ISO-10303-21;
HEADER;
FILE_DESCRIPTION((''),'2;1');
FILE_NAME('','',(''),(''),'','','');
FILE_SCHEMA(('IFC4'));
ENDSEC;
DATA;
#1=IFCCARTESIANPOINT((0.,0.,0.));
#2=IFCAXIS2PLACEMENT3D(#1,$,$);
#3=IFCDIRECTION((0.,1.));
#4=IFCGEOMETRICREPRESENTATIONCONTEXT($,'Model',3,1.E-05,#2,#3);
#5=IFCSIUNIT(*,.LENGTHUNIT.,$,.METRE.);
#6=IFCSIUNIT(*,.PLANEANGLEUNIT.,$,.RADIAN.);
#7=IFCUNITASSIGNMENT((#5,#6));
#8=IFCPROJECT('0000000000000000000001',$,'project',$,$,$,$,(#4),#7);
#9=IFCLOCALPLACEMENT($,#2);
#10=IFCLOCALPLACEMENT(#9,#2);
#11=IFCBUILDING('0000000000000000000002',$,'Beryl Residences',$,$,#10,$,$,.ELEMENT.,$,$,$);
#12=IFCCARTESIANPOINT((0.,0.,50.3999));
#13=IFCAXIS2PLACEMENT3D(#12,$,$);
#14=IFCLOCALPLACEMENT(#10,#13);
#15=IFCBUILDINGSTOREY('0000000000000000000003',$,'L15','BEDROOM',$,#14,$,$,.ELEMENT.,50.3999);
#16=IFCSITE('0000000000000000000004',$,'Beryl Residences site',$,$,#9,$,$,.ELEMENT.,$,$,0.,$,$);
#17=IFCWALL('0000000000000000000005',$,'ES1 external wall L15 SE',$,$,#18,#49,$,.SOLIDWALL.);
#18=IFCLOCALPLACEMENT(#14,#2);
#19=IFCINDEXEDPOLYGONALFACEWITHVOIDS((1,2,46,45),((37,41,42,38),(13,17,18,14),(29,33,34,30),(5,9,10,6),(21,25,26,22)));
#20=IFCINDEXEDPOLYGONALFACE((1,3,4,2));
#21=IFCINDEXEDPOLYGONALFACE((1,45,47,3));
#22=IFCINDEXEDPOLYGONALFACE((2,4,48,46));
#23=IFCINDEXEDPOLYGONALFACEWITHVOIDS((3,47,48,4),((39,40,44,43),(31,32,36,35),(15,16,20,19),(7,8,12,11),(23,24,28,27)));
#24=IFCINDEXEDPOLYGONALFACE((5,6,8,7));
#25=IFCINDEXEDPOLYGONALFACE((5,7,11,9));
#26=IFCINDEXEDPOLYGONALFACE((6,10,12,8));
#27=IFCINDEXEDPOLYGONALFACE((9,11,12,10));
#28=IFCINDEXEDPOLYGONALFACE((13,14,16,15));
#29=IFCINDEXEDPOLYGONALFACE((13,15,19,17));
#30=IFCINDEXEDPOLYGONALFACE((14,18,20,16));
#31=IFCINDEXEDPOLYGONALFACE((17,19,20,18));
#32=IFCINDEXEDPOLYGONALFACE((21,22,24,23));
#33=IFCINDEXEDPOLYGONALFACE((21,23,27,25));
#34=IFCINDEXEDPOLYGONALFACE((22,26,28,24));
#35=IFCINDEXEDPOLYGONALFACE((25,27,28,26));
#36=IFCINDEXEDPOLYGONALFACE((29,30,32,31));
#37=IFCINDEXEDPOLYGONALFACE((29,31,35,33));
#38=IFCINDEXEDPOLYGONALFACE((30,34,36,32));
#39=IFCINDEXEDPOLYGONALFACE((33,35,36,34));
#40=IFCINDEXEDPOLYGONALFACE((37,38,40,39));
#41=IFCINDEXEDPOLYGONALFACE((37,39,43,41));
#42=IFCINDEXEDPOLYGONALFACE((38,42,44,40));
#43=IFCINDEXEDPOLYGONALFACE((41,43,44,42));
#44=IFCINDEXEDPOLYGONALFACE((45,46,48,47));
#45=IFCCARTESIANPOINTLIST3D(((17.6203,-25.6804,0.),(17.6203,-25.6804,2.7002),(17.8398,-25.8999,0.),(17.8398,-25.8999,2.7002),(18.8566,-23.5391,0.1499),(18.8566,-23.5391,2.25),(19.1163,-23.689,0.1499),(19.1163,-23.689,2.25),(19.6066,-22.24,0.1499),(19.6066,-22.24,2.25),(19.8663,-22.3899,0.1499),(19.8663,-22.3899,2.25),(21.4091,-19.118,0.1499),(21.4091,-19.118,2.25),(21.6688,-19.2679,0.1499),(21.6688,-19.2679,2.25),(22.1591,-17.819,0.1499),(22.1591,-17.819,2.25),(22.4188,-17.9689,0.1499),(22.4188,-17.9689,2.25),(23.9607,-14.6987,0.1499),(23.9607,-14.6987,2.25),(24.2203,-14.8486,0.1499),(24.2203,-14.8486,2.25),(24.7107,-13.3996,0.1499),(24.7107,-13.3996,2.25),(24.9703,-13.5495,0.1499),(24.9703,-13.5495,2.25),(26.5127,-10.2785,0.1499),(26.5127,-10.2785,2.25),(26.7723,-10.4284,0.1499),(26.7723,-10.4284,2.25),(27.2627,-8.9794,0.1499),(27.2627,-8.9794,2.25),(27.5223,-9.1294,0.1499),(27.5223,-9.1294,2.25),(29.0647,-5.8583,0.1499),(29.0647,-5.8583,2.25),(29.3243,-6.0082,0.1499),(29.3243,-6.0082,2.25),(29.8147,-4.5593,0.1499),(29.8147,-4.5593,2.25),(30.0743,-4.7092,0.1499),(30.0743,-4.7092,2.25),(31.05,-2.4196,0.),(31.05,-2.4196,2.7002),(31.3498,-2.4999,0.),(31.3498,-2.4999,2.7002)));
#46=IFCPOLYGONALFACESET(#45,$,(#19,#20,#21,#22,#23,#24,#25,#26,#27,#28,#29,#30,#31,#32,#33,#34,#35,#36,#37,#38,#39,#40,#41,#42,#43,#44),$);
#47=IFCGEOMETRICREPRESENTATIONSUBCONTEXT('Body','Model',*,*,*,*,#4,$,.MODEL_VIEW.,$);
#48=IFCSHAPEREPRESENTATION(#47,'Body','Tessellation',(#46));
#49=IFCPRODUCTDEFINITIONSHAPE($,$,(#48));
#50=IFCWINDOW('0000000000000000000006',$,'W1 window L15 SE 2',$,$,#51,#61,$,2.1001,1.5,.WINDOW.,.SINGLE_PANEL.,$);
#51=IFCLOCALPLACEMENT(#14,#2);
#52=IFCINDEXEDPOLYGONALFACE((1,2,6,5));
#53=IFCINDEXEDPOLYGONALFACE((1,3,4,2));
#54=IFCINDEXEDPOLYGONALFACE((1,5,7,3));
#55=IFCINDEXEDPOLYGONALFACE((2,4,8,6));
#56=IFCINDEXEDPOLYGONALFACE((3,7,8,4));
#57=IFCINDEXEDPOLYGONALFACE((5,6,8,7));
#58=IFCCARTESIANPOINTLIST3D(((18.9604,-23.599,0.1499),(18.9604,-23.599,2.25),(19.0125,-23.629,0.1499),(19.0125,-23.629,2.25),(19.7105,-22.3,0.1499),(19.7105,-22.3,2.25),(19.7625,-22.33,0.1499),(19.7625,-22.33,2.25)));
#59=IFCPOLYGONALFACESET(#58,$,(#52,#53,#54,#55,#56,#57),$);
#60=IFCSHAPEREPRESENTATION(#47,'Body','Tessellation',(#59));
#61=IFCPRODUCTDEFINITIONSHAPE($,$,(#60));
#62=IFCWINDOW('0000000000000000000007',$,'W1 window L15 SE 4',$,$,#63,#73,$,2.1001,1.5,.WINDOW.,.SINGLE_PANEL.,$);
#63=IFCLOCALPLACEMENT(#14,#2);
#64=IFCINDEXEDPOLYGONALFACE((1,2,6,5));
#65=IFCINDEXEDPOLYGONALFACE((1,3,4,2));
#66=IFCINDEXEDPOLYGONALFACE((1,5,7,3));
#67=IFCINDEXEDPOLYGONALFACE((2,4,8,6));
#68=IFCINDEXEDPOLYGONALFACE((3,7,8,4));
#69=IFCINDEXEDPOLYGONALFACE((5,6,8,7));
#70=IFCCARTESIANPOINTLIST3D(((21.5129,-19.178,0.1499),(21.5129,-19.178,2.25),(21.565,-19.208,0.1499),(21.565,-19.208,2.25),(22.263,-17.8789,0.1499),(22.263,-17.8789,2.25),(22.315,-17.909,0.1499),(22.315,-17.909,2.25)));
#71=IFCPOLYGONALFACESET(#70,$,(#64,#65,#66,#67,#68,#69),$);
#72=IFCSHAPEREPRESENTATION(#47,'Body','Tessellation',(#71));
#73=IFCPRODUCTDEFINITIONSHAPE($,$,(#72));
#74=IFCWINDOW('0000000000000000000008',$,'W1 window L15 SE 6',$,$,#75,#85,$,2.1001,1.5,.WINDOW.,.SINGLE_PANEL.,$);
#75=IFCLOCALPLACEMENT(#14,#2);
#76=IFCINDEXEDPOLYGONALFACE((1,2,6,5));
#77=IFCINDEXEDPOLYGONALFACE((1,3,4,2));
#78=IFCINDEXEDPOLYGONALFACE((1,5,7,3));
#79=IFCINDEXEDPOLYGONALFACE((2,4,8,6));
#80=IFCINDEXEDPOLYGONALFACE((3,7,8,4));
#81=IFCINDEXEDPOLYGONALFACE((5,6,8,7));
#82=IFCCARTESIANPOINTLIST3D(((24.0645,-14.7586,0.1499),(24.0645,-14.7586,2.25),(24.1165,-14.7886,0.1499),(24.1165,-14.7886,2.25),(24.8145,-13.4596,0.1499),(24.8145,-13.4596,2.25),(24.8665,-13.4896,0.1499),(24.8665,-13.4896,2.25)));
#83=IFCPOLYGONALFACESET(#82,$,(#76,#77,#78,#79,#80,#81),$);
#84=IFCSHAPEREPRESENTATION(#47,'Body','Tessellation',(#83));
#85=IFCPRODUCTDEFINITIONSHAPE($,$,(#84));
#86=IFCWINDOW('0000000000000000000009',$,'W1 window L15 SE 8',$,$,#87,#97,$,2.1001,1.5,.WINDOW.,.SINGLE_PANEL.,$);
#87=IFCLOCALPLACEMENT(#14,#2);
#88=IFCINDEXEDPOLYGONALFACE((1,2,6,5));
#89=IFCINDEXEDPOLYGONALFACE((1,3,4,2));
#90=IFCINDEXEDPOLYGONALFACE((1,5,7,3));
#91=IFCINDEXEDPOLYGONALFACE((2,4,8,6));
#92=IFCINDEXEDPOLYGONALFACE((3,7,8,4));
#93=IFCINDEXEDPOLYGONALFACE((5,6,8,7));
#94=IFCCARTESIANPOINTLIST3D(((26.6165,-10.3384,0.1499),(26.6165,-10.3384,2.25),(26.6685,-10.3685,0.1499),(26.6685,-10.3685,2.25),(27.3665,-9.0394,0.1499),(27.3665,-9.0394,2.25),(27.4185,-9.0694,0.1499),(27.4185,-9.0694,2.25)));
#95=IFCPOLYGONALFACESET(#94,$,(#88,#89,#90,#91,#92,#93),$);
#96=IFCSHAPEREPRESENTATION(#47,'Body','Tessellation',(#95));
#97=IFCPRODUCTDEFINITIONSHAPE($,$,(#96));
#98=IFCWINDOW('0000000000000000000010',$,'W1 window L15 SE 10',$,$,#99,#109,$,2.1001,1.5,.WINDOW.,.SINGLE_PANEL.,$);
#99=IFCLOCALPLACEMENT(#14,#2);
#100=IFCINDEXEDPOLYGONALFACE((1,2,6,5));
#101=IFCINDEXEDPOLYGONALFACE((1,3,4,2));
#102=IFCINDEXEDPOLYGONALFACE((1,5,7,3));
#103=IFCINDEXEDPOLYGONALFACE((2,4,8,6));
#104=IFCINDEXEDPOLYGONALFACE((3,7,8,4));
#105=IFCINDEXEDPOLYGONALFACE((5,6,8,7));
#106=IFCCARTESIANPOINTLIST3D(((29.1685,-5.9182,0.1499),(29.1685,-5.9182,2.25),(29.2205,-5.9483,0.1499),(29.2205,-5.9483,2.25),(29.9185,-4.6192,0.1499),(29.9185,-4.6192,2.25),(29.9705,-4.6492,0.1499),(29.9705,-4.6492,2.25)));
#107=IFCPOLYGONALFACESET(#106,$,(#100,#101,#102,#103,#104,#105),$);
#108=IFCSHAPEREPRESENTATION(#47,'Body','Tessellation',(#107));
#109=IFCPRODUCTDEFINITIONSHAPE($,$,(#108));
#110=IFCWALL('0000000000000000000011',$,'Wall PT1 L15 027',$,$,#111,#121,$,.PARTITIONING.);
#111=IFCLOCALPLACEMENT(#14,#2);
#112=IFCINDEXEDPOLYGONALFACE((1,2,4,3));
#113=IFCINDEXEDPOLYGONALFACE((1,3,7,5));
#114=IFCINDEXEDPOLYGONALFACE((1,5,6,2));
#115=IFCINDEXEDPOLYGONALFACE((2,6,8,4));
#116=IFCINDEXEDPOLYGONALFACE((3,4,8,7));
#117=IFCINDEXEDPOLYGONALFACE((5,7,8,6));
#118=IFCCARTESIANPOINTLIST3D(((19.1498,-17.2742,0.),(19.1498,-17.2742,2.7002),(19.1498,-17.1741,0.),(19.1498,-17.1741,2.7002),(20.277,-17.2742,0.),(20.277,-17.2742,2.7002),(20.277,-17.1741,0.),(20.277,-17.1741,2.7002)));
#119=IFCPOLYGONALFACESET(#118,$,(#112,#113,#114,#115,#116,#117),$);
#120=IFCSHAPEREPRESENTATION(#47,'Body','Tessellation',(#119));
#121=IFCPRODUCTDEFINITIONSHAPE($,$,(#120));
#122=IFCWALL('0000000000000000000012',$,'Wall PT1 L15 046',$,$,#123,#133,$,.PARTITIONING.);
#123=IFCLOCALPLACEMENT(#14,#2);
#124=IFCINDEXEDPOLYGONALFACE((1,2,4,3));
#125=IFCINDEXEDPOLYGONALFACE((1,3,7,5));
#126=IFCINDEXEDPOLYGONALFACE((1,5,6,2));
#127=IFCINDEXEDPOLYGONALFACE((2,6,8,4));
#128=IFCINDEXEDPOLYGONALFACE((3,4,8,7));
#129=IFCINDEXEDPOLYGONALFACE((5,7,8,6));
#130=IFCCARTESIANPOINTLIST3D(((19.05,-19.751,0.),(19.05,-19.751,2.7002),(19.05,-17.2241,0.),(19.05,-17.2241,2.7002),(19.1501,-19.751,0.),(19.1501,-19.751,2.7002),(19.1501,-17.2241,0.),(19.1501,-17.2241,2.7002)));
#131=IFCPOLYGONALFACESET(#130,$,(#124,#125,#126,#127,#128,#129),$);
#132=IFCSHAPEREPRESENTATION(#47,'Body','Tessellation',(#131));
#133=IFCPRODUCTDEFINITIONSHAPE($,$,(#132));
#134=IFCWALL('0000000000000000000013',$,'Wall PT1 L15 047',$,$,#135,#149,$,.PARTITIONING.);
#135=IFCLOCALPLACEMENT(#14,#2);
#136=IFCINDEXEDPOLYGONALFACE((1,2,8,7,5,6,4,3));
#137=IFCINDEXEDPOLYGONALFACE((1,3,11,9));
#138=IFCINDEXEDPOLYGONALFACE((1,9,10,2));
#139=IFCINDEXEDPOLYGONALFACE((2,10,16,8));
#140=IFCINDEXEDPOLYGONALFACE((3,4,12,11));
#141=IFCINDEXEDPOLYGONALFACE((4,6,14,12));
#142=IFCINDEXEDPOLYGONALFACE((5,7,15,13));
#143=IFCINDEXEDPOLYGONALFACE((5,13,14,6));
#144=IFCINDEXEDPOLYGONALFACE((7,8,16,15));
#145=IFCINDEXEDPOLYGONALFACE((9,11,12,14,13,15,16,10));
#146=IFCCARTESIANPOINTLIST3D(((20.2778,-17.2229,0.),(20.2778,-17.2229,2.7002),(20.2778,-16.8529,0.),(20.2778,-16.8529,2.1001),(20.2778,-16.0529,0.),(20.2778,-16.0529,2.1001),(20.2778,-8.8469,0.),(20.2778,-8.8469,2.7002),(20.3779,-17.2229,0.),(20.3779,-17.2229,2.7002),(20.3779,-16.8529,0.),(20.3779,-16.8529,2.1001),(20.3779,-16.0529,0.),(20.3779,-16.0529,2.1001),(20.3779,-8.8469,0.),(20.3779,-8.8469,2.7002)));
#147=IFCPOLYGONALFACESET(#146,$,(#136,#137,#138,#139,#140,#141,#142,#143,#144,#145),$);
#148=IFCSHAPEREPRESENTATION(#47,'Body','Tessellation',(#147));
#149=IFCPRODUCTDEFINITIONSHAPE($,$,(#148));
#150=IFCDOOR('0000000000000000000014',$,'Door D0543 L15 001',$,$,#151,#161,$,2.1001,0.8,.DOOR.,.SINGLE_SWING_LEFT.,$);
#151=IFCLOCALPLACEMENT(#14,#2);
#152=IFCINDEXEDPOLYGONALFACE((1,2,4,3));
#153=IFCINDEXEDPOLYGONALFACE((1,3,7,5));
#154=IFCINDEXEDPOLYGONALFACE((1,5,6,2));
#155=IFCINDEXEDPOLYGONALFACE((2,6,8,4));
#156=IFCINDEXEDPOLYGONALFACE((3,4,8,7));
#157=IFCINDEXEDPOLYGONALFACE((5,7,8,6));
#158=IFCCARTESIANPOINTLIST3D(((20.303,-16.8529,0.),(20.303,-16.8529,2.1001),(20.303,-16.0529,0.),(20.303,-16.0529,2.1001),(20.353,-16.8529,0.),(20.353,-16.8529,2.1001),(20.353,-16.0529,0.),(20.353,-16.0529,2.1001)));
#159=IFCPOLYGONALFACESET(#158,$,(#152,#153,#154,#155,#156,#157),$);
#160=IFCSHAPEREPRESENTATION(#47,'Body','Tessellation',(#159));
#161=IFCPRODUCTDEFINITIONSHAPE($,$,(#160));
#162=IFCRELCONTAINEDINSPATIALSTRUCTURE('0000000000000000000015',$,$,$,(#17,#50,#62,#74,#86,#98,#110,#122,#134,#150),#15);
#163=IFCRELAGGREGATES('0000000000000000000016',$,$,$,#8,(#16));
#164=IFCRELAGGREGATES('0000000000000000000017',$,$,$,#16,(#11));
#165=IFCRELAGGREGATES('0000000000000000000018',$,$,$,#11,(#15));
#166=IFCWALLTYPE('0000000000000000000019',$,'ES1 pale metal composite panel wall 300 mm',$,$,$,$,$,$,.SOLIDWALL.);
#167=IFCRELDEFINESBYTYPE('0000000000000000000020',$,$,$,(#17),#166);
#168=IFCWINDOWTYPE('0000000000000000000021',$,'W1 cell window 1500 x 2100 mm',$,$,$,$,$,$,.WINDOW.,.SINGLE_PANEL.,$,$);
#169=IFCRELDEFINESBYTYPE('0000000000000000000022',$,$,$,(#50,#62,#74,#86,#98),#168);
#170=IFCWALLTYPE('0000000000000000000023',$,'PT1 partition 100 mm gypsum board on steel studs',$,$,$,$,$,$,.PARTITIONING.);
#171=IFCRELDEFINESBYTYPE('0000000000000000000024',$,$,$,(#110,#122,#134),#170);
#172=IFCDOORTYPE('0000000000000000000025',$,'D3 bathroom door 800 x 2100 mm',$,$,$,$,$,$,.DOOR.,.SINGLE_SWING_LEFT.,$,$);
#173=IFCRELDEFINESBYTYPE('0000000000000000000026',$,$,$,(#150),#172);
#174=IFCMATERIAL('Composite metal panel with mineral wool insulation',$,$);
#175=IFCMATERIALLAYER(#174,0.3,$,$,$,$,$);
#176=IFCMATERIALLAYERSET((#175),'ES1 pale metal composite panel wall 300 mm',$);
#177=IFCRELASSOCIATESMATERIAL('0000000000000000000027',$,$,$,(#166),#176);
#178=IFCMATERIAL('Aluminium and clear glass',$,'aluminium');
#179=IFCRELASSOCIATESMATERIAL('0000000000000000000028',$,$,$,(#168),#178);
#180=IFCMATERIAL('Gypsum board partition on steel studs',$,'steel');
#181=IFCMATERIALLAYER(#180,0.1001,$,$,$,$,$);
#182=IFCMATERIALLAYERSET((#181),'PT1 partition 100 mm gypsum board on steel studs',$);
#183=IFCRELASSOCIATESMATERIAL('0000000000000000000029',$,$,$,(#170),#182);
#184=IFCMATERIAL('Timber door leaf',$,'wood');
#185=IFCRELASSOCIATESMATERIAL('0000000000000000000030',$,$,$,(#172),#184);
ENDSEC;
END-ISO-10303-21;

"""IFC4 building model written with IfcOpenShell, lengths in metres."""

from ifc_helpers import new_model, si_unit, direction, frame, frame_2d, origin, place, context, subcontext, project, spatial, polyline, rectangle, outline, extrude, material, layer, layer_set, type_object, element, fill, save


model = new_model("IFC4")

# Units and contexts
model_context = context("Model", 3, precision=1e-05, world=origin(), true_north=direction((0.0, 1.0)))
body_context = subcontext(model_context, "Body", "Model", "MODEL_VIEW")
ifc_project = project(units=[si_unit("LENGTHUNIT", "METRE"), si_unit("PLANEANGLEUNIT", "RADIAN")], contexts=[model_context])

# Site, building, storey
site_placement = place(None, origin())
site = spatial("IfcSite", under=ifc_project, at=site_placement, Name="Beryl Residences site", CompositionType="ELEMENT", RefElevation=0.0)
building_placement = place(site_placement, origin())
building = spatial("IfcBuilding", under=site, at=building_placement, Name="Beryl Residences", CompositionType="ELEMENT")
storey_placement = place(building_placement, frame((0.0, 0.0, 50.3999)))
storey = spatial("IfcBuildingStorey", under=building, at=storey_placement, Name="L15", Description="BEDROOM", CompositionType="ELEMENT", Elevation=50.3999)

# Shared definitions
ifc_material_1 = material(Name="Composite metal panel with mineral wool insulation")
ifc_layer_1 = layer(ifc_material_1, 0.3)
ifc_layer_set_1 = layer_set([ifc_layer_1], Name="ES1 pale metal composite panel wall 300 mm")
wall_type_1 = type_object("IfcWallType", Name="ES1 pale metal composite panel wall 300 mm", PredefinedType="SOLIDWALL", material=ifc_layer_set_1)

# Wall, openings, windows
wall_1_placement = place(storey_placement, frame((17.71, -25.825, 0.0), z_axis=(0.0, 0.0, 1.0), x_axis=(0.500002, 0.866024, 0.0)))
wall_1 = element("IfcWall", 1, at=wall_1_placement, inside=storey, type_object=wall_type_1, Name="ES1 external wall L15 SE", PredefinedType="SOLIDWALL", context=body_context, shape_type="SweptSolid", body=[
    extrude(outline(polyline([(0.0, -0.1499), (27.02, -0.1499), (26.9397, 0.1499), (0.0803, 0.1499), (0.0, -0.1499)])), origin(), (0.0, 0.0, 1.0), 2.7002),
])
opening_1_placement = place(wall_1_placement, frame((2.553, 0.0, 0.1499)))
opening_1 = element("IfcOpeningElement", 2, at=opening_1_placement, cuts=wall_1, PredefinedType="OPENING", context=body_context, shape_type="SweptSolid", body=[
    extrude(rectangle(XDim=1.5, YDim=2.1001, at=frame_2d((0.75, 1.05))), frame((0.0, 0.1599, 0.0), z_axis=(0.0, -1.0, 0.0), x_axis=(1.0, 0.0, 0.0)), (0.0, 0.0, 1.0), 0.3201),
])
opening_2_placement = place(wall_1_placement, frame((7.658, 0.0, 0.1499)))
opening_2 = element("IfcOpeningElement", 3, at=opening_2_placement, cuts=wall_1, PredefinedType="OPENING", context=body_context, shape_type="SweptSolid", body=[
    extrude(rectangle(XDim=1.5, YDim=2.1001, at=frame_2d((0.75, 1.05))), frame((0.0, 0.1599, 0.0), z_axis=(0.0, -1.0, 0.0), x_axis=(1.0, 0.0, 0.0)), (0.0, 0.0, 1.0), 0.3201),
])
opening_3_placement = place(wall_1_placement, frame((12.761, 0.0, 0.1499)))
opening_3 = element("IfcOpeningElement", 4, at=opening_3_placement, cuts=wall_1, PredefinedType="OPENING", context=body_context, shape_type="SweptSolid", body=[
    extrude(rectangle(XDim=1.5, YDim=2.1001, at=frame_2d((0.75, 1.05))), frame((0.0, 0.1599, 0.0), z_axis=(0.0, -1.0, 0.0), x_axis=(1.0, 0.0, 0.0)), (0.0, 0.0, 1.0), 0.3201),
])
opening_4_placement = place(wall_1_placement, frame((17.865, 0.0, 0.1499)))
opening_4 = element("IfcOpeningElement", 5, at=opening_4_placement, cuts=wall_1, PredefinedType="OPENING", context=body_context, shape_type="SweptSolid", body=[
    extrude(rectangle(XDim=1.5, YDim=2.1001, at=frame_2d((0.75, 1.05))), frame((0.0, 0.1599, 0.0), z_axis=(0.0, -1.0, 0.0), x_axis=(1.0, 0.0, 0.0)), (0.0, 0.0, 1.0), 0.3201),
])
opening_5_placement = place(wall_1_placement, frame((22.969, 0.0, 0.1499)))
opening_5 = element("IfcOpeningElement", 6, at=opening_5_placement, cuts=wall_1, PredefinedType="OPENING", context=body_context, shape_type="SweptSolid", body=[
    extrude(rectangle(XDim=1.5, YDim=2.1001, at=frame_2d((0.75, 1.05))), frame((0.0, 0.1599, 0.0), z_axis=(0.0, -1.0, 0.0), x_axis=(1.0, 0.0, 0.0)), (0.0, 0.0, 1.0), 0.3201),
])
ifc_material_2 = material(Name="Aluminium and clear glass", Category="aluminium")
window_type_1 = type_object("IfcWindowType", Name="W1 cell window 1500 x 2100 mm", PartitioningType="SINGLE_PANEL", PredefinedType="WINDOW", material=ifc_material_2)
window_1_placement = place(opening_1_placement, origin())
window_1 = element("IfcWindow", 7, at=window_1_placement, inside=storey, type_object=window_type_1, Name="W1 window L15 SE 2", OverallHeight=2.1001, OverallWidth=1.5, PartitioningType="SINGLE_PANEL", PredefinedType="WINDOW", context=body_context, shape_type="SweptSolid", body=[
    extrude(rectangle(XDim=1.5, YDim=2.1001, at=frame_2d((0.75, 1.05))), frame((0.0, 0.03, 0.0), z_axis=(0.0, -1.0, 0.0), x_axis=(1.0, 0.0, 0.0)), (0.0, 0.0, 1.0), 0.0601),
])
fill(opening_1, window_1)
window_2_placement = place(opening_2_placement, origin())
window_2 = element("IfcWindow", 8, at=window_2_placement, inside=storey, type_object=window_type_1, Name="W1 window L15 SE 4", OverallHeight=2.1001, OverallWidth=1.5, PartitioningType="SINGLE_PANEL", PredefinedType="WINDOW", context=body_context, shape_type="SweptSolid", body=[
    extrude(rectangle(XDim=1.5, YDim=2.1001, at=frame_2d((0.75, 1.05))), frame((0.0, 0.03, 0.0), z_axis=(0.0, -1.0, 0.0), x_axis=(1.0, 0.0, 0.0)), (0.0, 0.0, 1.0), 0.0601),
])
fill(opening_2, window_2)
window_3_placement = place(opening_3_placement, origin())
window_3 = element("IfcWindow", 9, at=window_3_placement, inside=storey, type_object=window_type_1, Name="W1 window L15 SE 6", OverallHeight=2.1001, OverallWidth=1.5, PartitioningType="SINGLE_PANEL", PredefinedType="WINDOW", context=body_context, shape_type="SweptSolid", body=[
    extrude(rectangle(XDim=1.5, YDim=2.1001, at=frame_2d((0.75, 1.05))), frame((0.0, 0.03, 0.0), z_axis=(0.0, -1.0, 0.0), x_axis=(1.0, 0.0, 0.0)), (0.0, 0.0, 1.0), 0.0601),
])
fill(opening_3, window_3)
window_4_placement = place(opening_4_placement, origin())
window_4 = element("IfcWindow", 10, at=window_4_placement, inside=storey, type_object=window_type_1, Name="W1 window L15 SE 8", OverallHeight=2.1001, OverallWidth=1.5, PartitioningType="SINGLE_PANEL", PredefinedType="WINDOW", context=body_context, shape_type="SweptSolid", body=[
    extrude(rectangle(XDim=1.5, YDim=2.1001, at=frame_2d((0.75, 1.05))), frame((0.0, 0.03, 0.0), z_axis=(0.0, -1.0, 0.0), x_axis=(1.0, 0.0, 0.0)), (0.0, 0.0, 1.0), 0.0601),
])
fill(opening_4, window_4)
window_5_placement = place(opening_5_placement, origin())
window_5 = element("IfcWindow", 11, at=window_5_placement, inside=storey, type_object=window_type_1, Name="W1 window L15 SE 10", OverallHeight=2.1001, OverallWidth=1.5, PartitioningType="SINGLE_PANEL", PredefinedType="WINDOW", context=body_context, shape_type="SweptSolid", body=[
    extrude(rectangle(XDim=1.5, YDim=2.1001, at=frame_2d((0.75, 1.05))), frame((0.0, 0.03, 0.0), z_axis=(0.0, -1.0, 0.0), x_axis=(1.0, 0.0, 0.0)), (0.0, 0.0, 1.0), 0.0601),
])
fill(opening_5, window_5)

# Walls
ifc_material_3 = material(Name="Gypsum board partition on steel studs", Category="steel")
ifc_layer_2 = layer(ifc_material_3, 0.1001)
ifc_layer_set_2 = layer_set([ifc_layer_2], Name="PT1 partition 100 mm gypsum board on steel studs")
wall_type_2 = type_object("IfcWallType", Name="PT1 partition 100 mm gypsum board on steel studs", PredefinedType="PARTITIONING", material=ifc_layer_set_2)
wall_2_placement = place(storey_placement, frame((19.1499, -17.2241, 0.0), z_axis=(0.0, 0.0, 1.0), x_axis=(1.0, 0.0, 0.0)))
element("IfcWall", 12, at=wall_2_placement, inside=storey, type_object=wall_type_2, Name="Wall PT1 L15 027", PredefinedType="PARTITIONING", context=body_context, shape_type="SweptSolid", body=[
    extrude(rectangle(XDim=1.1272, YDim=0.1001, at=frame_2d((0.5635, 0.0))), origin(), (0.0, 0.0, 1.0), 2.7002),
])
wall_3_placement = place(storey_placement, frame((19.1001, -19.751, 0.0), z_axis=(0.0, 0.0, 1.0), x_axis=(0.0, 1.0, 0.0)))
element("IfcWall", 13, at=wall_3_placement, inside=storey, type_object=wall_type_2, Name="Wall PT1 L15 046", PredefinedType="PARTITIONING", context=body_context, shape_type="SweptSolid", body=[
    extrude(rectangle(XDim=2.5269, YDim=0.1001, at=frame_2d((1.2634, 0.0))), origin(), (0.0, 0.0, 1.0), 2.7002),
])

# Wall, opening, door
wall_4_placement = place(storey_placement, frame((20.3279, -17.2229, 0.0), z_axis=(0.0, 0.0, 1.0), x_axis=(0.0, 1.0, 0.0)))
wall_4 = element("IfcWall", 14, at=wall_4_placement, inside=storey, type_object=wall_type_2, Name="Wall PT1 L15 047", PredefinedType="PARTITIONING", context=body_context, shape_type="SweptSolid", body=[
    extrude(rectangle(XDim=8.376, YDim=0.1001, at=frame_2d((4.188, 0.0))), origin(), (0.0, 0.0, 1.0), 2.7002),
])
opening_6_placement = place(wall_4_placement, frame((0.3701, 0.0, 0.0)))
opening_6 = element("IfcOpeningElement", 15, at=opening_6_placement, cuts=wall_4, PredefinedType="OPENING", context=body_context, shape_type="SweptSolid", body=[
    extrude(rectangle(XDim=0.8, YDim=2.1001, at=frame_2d((0.3999, 1.05))), frame((0.0, 0.0601, 0.0), z_axis=(0.0, -1.0, 0.0), x_axis=(1.0, 0.0, 0.0)), (0.0, 0.0, 1.0), 0.1201),
])
ifc_material_4 = material(Name="Timber door leaf", Category="wood")
door_type = type_object("IfcDoorType", Name="D3 bathroom door 800 x 2100 mm", OperationType="SINGLE_SWING_LEFT", PredefinedType="DOOR", material=ifc_material_4)
door_1_placement = place(opening_6_placement, origin())
door_1 = element("IfcDoor", 16, at=door_1_placement, inside=storey, type_object=door_type, Name="Door D0543 L15 001", OperationType="SINGLE_SWING_LEFT", OverallHeight=2.1001, OverallWidth=0.8, PredefinedType="DOOR", context=body_context, shape_type="SweptSolid", body=[
    extrude(rectangle(XDim=0.8, YDim=2.1001, at=frame_2d((0.3999, 1.05))), frame((0.0, 0.0249, 0.0), z_axis=(0.0, -1.0, 0.0), x_axis=(1.0, 0.0, 0.0)), (0.0, 0.0, 1.0), 0.05),
])
fill(opening_6, door_1)

save(model, "model.ifc")
